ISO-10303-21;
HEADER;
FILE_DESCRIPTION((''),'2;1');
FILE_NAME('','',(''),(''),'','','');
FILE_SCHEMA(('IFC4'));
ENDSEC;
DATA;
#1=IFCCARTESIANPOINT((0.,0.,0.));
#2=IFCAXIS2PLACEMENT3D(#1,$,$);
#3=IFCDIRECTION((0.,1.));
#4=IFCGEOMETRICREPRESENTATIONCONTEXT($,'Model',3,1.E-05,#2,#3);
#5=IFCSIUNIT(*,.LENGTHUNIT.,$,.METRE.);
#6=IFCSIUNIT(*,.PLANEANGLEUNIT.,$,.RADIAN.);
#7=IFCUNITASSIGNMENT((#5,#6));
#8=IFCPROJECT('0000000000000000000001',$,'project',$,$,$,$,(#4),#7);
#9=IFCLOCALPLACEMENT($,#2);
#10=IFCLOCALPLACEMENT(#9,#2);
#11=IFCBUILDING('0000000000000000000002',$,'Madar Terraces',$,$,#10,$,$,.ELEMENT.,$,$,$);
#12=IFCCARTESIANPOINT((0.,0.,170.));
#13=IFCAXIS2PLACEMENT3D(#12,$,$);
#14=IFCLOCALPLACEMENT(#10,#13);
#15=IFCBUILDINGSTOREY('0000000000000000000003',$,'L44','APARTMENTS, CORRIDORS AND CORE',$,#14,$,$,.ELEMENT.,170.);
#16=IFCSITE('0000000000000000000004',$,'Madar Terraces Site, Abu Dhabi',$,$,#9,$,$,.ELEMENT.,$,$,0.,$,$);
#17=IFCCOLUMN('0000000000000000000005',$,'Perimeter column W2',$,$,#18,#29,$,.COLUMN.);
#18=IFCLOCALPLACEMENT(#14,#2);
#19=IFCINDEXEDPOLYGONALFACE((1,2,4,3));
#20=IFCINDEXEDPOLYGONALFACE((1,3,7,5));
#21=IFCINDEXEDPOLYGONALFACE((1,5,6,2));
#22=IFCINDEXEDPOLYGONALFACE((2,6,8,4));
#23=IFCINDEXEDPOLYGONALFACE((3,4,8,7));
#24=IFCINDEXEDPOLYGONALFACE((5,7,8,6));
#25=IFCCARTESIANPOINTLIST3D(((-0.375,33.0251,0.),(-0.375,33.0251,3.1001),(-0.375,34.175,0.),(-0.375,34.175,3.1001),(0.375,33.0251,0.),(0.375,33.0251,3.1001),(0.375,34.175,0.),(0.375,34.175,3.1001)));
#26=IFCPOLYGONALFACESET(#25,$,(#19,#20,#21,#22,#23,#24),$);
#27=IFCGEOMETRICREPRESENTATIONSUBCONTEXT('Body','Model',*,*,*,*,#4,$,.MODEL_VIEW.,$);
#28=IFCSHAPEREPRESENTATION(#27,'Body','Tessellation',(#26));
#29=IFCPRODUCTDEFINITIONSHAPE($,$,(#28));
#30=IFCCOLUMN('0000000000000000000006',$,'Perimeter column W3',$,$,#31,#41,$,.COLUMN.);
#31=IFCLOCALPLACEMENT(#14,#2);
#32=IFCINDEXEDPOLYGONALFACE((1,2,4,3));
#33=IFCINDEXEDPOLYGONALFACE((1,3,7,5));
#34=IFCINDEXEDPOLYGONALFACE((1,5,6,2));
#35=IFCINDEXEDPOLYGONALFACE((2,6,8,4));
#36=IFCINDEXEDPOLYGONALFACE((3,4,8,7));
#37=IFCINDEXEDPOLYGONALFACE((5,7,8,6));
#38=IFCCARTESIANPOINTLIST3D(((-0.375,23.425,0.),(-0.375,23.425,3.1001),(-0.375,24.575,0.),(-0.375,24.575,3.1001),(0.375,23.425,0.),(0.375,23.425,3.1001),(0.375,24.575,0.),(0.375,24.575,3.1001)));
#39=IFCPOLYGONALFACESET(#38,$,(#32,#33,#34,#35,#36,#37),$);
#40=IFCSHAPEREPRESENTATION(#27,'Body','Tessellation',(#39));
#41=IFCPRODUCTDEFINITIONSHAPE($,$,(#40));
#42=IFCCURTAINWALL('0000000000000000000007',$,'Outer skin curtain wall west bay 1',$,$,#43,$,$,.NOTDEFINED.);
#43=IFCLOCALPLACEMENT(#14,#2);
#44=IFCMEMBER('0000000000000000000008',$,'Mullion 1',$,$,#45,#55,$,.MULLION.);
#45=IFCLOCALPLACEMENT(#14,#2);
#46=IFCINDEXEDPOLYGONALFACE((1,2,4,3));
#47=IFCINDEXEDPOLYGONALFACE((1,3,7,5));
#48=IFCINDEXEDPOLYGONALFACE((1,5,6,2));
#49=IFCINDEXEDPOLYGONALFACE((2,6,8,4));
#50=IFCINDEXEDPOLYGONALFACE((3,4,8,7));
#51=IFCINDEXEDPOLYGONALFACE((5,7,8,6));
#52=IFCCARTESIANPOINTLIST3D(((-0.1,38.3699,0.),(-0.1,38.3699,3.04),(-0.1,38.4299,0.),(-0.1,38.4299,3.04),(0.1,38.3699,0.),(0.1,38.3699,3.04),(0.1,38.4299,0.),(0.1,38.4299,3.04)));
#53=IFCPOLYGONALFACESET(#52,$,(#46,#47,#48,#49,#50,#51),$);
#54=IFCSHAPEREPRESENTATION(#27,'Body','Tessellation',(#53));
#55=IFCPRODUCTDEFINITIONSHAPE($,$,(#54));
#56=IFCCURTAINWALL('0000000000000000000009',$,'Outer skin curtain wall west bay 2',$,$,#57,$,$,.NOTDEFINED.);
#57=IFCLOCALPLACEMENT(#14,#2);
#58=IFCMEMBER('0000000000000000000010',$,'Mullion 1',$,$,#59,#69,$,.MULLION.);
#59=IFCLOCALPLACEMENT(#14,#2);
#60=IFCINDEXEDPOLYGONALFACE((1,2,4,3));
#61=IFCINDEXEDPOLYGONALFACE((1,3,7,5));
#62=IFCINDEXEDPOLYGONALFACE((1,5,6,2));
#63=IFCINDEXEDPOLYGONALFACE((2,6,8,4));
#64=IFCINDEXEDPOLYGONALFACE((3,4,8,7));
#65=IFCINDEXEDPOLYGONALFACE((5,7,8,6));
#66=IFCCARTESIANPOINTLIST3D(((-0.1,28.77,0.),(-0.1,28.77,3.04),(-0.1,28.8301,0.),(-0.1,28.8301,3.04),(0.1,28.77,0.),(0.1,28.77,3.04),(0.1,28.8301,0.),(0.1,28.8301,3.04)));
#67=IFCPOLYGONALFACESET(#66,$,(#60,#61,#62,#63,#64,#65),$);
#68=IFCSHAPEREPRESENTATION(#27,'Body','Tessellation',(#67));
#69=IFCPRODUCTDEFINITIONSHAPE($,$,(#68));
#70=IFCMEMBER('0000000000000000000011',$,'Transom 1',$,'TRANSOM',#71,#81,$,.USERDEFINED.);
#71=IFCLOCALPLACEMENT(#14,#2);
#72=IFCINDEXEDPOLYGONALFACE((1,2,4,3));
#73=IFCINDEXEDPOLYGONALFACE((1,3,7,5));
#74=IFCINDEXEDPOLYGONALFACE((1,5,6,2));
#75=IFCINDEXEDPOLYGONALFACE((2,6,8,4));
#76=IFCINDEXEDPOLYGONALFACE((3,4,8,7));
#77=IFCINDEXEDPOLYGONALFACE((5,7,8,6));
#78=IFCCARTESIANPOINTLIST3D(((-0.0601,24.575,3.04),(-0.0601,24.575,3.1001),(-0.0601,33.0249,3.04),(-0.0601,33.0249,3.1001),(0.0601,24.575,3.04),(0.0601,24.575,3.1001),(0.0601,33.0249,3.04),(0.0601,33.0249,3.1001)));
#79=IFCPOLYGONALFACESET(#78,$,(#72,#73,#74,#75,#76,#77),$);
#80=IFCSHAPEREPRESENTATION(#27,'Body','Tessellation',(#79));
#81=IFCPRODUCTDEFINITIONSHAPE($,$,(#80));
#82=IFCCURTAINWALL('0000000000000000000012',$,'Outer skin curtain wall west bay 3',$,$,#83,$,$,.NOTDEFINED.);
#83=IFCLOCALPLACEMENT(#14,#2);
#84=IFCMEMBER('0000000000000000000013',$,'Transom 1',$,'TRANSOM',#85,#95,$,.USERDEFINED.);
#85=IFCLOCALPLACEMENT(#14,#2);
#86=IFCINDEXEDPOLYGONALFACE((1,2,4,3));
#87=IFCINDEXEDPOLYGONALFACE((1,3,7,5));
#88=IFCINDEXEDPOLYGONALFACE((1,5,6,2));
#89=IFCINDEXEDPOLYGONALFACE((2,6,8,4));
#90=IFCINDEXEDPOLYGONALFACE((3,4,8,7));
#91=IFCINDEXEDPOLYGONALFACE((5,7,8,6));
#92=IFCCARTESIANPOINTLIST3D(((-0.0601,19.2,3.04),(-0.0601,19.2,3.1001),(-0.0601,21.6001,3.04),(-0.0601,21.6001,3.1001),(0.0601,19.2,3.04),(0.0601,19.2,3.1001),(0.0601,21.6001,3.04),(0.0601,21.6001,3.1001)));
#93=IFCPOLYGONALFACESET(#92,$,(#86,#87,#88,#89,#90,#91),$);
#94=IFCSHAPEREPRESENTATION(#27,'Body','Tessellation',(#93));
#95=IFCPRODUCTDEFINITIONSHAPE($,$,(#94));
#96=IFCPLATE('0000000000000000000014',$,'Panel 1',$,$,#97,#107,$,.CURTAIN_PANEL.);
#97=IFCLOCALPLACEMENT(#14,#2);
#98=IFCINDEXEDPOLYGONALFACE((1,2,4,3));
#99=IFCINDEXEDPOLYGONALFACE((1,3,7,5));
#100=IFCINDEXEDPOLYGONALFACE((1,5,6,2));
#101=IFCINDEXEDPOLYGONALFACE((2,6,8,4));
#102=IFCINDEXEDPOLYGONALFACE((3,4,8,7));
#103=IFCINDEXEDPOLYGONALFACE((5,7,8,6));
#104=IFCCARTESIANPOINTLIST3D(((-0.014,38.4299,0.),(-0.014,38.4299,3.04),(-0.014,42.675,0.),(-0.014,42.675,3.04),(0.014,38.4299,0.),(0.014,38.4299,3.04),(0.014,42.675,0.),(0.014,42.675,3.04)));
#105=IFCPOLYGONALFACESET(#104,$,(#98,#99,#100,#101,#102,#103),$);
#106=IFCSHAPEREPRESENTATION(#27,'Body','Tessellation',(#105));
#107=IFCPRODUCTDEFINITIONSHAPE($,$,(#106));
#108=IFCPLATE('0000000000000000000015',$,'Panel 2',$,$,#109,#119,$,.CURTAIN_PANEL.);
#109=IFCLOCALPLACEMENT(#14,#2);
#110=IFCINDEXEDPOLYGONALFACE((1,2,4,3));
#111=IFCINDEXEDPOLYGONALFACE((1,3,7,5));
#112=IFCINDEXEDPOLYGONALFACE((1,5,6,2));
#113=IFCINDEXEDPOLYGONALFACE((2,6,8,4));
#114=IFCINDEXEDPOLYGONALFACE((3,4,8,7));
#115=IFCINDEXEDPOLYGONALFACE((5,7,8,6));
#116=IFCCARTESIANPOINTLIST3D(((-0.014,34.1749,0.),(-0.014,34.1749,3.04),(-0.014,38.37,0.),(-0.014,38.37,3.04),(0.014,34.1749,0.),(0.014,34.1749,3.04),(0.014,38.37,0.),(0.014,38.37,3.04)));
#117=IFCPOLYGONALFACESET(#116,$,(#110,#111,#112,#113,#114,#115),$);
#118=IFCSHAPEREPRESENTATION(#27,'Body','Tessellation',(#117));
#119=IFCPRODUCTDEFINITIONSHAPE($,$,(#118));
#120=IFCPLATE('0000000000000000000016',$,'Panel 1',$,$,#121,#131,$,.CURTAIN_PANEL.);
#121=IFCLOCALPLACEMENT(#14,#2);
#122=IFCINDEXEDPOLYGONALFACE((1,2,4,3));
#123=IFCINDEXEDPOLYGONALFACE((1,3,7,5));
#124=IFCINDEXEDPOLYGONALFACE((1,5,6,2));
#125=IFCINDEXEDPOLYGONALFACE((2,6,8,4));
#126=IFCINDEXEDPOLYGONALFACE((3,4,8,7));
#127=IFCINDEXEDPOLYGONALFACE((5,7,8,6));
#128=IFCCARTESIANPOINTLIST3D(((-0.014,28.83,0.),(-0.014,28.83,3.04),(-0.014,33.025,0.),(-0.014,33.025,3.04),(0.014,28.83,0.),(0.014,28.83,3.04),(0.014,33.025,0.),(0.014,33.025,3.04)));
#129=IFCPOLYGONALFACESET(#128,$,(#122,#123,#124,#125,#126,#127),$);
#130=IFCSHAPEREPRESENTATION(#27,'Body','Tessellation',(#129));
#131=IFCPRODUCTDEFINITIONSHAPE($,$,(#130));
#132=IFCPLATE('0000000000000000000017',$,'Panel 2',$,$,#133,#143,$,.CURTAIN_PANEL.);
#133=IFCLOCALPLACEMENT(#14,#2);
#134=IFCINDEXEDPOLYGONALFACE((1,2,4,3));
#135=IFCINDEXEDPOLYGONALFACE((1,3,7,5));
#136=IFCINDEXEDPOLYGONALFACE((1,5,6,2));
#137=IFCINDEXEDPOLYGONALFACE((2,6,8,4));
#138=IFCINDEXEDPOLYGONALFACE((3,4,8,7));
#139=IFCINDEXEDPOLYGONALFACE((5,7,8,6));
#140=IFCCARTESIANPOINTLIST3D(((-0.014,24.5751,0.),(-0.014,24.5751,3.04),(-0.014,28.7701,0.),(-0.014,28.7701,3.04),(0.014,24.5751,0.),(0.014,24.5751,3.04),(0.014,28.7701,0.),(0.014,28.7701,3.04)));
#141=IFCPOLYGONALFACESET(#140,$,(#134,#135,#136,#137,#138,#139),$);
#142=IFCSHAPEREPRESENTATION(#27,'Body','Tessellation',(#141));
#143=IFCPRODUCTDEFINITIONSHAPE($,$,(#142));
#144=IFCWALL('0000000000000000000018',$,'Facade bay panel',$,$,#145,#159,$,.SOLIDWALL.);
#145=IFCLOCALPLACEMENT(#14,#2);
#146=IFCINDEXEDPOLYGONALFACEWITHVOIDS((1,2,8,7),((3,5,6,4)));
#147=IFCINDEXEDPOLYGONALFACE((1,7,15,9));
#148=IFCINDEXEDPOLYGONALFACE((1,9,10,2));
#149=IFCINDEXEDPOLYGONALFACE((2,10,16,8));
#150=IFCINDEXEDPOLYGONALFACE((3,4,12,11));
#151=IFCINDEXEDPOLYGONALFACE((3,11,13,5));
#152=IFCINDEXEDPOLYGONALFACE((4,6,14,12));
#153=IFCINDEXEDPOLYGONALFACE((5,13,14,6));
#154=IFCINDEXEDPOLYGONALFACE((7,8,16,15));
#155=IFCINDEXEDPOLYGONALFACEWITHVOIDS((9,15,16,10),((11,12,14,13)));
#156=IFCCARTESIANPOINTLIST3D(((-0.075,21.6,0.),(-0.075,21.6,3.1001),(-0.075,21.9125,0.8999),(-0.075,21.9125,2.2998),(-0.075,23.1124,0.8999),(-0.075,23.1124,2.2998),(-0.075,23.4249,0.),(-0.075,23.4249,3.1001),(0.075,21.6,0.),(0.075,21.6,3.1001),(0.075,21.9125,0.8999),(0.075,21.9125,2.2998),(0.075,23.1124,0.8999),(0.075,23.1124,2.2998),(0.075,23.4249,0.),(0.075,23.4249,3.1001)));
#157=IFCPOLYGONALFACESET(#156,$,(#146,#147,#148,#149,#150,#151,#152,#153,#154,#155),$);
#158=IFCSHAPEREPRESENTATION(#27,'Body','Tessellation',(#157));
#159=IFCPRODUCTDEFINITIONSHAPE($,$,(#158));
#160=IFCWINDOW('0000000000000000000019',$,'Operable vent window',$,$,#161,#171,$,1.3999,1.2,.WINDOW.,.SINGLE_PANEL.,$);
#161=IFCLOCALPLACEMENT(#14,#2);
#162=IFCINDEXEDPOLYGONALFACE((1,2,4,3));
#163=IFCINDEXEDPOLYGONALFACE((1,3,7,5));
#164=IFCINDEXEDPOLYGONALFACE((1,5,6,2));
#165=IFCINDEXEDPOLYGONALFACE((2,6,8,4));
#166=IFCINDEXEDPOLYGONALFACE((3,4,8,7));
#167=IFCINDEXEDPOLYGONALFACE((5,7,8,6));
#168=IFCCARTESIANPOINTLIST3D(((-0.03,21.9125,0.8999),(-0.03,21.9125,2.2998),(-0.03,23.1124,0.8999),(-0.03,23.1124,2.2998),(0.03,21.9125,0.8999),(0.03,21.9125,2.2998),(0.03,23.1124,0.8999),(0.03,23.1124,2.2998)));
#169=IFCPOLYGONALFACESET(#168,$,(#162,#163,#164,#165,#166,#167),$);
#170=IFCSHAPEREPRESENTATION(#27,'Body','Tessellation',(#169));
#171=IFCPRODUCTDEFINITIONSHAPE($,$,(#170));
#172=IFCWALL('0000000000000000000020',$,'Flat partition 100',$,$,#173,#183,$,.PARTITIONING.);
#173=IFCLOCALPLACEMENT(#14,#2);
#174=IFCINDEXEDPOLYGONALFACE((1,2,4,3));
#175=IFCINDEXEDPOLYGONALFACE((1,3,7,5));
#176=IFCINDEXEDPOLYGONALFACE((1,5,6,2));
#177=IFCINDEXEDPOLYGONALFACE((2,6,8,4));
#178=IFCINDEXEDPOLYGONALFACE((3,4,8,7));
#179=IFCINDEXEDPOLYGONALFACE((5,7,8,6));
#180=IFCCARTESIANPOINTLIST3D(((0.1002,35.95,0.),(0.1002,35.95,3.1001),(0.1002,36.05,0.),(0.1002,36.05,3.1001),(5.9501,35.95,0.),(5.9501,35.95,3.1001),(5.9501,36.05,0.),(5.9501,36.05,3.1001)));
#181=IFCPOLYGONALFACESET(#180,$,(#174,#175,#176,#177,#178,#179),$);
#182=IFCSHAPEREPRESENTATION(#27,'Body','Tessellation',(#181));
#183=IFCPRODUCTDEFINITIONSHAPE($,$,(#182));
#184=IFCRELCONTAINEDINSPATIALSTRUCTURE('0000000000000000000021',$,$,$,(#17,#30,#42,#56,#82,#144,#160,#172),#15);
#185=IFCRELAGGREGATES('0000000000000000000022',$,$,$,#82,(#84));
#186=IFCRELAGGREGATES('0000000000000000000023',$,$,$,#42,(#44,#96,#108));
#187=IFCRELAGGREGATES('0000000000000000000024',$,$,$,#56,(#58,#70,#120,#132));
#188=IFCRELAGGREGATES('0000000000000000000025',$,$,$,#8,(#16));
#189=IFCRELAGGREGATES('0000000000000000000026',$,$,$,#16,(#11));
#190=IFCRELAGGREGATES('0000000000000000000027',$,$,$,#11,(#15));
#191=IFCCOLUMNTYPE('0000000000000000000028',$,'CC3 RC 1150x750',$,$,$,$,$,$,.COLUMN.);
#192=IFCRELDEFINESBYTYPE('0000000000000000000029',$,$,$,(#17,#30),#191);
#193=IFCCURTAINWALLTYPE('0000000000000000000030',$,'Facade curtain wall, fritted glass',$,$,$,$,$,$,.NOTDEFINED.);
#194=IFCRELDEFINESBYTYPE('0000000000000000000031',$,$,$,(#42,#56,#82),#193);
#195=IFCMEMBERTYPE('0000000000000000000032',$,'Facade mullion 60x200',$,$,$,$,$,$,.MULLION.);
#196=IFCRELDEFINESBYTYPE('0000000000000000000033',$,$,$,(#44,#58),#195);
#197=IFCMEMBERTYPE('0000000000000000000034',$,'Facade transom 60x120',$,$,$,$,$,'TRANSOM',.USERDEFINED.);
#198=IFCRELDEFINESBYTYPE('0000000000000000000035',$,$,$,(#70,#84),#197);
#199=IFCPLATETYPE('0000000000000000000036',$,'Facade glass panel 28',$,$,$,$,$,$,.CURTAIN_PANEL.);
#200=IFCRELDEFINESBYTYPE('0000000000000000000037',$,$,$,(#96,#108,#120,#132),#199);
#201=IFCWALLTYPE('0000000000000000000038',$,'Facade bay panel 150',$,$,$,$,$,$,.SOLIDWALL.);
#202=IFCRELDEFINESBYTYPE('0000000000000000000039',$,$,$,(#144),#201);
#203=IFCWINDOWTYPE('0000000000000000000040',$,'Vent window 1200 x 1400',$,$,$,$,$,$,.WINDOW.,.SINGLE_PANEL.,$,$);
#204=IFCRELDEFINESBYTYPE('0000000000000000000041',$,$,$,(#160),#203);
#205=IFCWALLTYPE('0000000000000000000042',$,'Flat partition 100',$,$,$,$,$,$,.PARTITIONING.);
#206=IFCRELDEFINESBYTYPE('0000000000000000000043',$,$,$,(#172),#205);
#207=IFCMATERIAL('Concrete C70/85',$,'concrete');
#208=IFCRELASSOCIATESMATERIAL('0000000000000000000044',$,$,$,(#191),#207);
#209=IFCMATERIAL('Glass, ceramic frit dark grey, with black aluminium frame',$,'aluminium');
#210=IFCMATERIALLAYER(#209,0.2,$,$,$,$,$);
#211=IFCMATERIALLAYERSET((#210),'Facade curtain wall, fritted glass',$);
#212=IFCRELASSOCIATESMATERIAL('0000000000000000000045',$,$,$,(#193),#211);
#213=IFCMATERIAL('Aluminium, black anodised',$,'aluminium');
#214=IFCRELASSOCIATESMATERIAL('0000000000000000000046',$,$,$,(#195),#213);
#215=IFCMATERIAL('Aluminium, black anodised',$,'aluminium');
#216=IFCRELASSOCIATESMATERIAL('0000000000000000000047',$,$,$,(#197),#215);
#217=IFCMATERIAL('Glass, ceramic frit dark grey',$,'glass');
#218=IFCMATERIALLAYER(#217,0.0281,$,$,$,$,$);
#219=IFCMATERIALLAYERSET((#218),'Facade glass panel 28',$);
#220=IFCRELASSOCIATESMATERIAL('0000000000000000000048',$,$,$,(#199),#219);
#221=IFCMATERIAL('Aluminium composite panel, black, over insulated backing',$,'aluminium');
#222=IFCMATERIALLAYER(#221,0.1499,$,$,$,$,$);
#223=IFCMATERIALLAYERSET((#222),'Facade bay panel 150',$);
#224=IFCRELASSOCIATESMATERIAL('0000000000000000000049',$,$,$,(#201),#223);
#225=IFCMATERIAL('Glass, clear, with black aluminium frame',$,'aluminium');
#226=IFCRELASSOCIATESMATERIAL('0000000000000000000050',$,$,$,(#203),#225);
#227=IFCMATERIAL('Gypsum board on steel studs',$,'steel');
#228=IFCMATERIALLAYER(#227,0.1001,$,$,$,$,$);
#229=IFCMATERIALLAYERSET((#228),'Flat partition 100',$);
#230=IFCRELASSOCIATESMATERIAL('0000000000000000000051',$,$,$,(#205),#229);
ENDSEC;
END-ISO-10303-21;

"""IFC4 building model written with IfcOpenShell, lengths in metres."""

from ifc_helpers import new_model, si_unit, direction, frame, frame_2d, origin, origin_2d, place, context, subcontext, project, spatial, rectangle, extrude, material, layer, layer_set, material_profile, profile_set, type_object, element, fill, aggregate, save


model = new_model("IFC4")

# Units and contexts
model_context = context("Model", 3, precision=1e-05, world=origin(), true_north=direction((0.0, 1.0)))
body_context = subcontext(model_context, "Body", "Model", "MODEL_VIEW")
ifc_project = project(units=[si_unit("LENGTHUNIT", "METRE"), si_unit("PLANEANGLEUNIT", "RADIAN")], contexts=[model_context])

# Site, building, storey
site_placement = place(None, origin())
site = spatial("IfcSite", under=ifc_project, at=site_placement, Name="Madar Terraces Site, Abu Dhabi", CompositionType="ELEMENT", RefElevation=0.0)
building_placement = place(site_placement, origin())
building = spatial("IfcBuilding", under=site, at=building_placement, Name="Madar Terraces", CompositionType="ELEMENT")
storey_placement = place(building_placement, frame((0.0, 0.0, 170.0)))
storey = spatial("IfcBuildingStorey", under=building, at=storey_placement, Name="L44", Description="APARTMENTS, CORRIDORS AND CORE", CompositionType="ELEMENT", Elevation=170.0)

# Columns
ifc_material_1 = material(Name="Concrete C70/85", Category="concrete")
ifc_material_profile_1 = material_profile(ifc_material_1, rectangle(XDim=1.1499, YDim=0.75, at=origin_2d()), Name="CC3 RC 1150x750")
ifc_profile_set_1 = profile_set([ifc_material_profile_1], Name="Concrete C70/85")
column_type = type_object("IfcColumnType", Name="CC3 RC 1150x750", PredefinedType="COLUMN", material=ifc_profile_set_1)
for number, where, z_axis, x_axis, name in (
    (1, (0.0, 33.6001, 0.0), (0.0, 0.0, 1.0), (0.0, 1.0, 0.0), "Perimeter column W2"),
    (2, (0.0, 24.0, 0.0), (0.0, 0.0, 1.0), (0.0, 1.0, 0.0), "Perimeter column W3"),
):
    element("IfcColumn", number, at=place(storey_placement, frame(where, z_axis=z_axis, x_axis=x_axis)), inside=storey, type_object=column_type, Name=name, PredefinedType="COLUMN", context=body_context, shape_type="SweptSolid", body=[
        extrude(rectangle(XDim=1.1499, YDim=0.75, at=origin_2d()), origin(), (0.0, 0.0, 1.0), 3.1001),
    ])

# Curtain wall, member
ifc_material_2 = material(Name="Glass, ceramic frit dark grey, with black aluminium frame", Category="aluminium")
ifc_layer_1 = layer(ifc_material_2, 0.2)
ifc_layer_set_1 = layer_set([ifc_layer_1], Name="Facade curtain wall, fritted glass")
curtain_wall_type = type_object("IfcCurtainWallType", Name="Facade curtain wall, fritted glass", PredefinedType="NOTDEFINED", material=ifc_layer_set_1)
curtain_wall_1_placement = place(storey_placement, origin())
curtain_wall_1 = element("IfcCurtainWall", 3, at=curtain_wall_1_placement, inside=storey, type_object=curtain_wall_type, Name="Outer skin curtain wall west bay 1", PredefinedType="NOTDEFINED")
ifc_material_3 = material(Name="Aluminium, black anodised", Category="aluminium")
ifc_material_profile_2 = material_profile(ifc_material_3, rectangle(XDim=0.2, YDim=0.0601, at=origin_2d()), Name="Facade mullion 60x200")
ifc_profile_set_2 = profile_set([ifc_material_profile_2], Name="Aluminium, black anodised")
member_type_1 = type_object("IfcMemberType", Name="Facade mullion 60x200", PredefinedType="MULLION", material=ifc_profile_set_2)
member_1_placement = place(storey_placement, frame((0.0, 38.3999, 0.0), z_axis=(0.0, 0.0, 1.0), x_axis=(1.0, 0.0, 0.0)))
member_1 = element("IfcMember", 4, at=member_1_placement, type_object=member_type_1, Name="Mullion 1", PredefinedType="MULLION", context=body_context, shape_type="SweptSolid", body=[
    extrude(rectangle(XDim=0.2, YDim=0.0601, at=origin_2d()), origin(), (0.0, 0.0, 1.0), 3.04),
])

# Curtain wall, members
curtain_wall_2_placement = place(storey_placement, origin())
curtain_wall_2 = element("IfcCurtainWall", 5, at=curtain_wall_2_placement, inside=storey, type_object=curtain_wall_type, Name="Outer skin curtain wall west bay 2", PredefinedType="NOTDEFINED")
member_2_placement = place(storey_placement, frame((0.0, 28.8, 0.0), z_axis=(0.0, 0.0, 1.0), x_axis=(1.0, 0.0, 0.0)))
member_2 = element("IfcMember", 6, at=member_2_placement, type_object=member_type_1, Name="Mullion 1", PredefinedType="MULLION", context=body_context, shape_type="SweptSolid", body=[
    extrude(rectangle(XDim=0.2, YDim=0.0601, at=origin_2d()), origin(), (0.0, 0.0, 1.0), 3.04),
])
ifc_material_4 = material(Name="Aluminium, black anodised", Category="aluminium")
ifc_material_profile_3 = material_profile(ifc_material_4, rectangle(XDim=0.1201, YDim=0.0601, at=origin_2d()), Name="Facade transom 60x120")
ifc_profile_set_3 = profile_set([ifc_material_profile_3], Name="Aluminium, black anodised")
member_type_2 = type_object("IfcMemberType", Name="Facade transom 60x120", ElementType="TRANSOM", PredefinedType="USERDEFINED", material=ifc_profile_set_3)
member_3_placement = place(storey_placement, frame((0.0, 33.0249, 3.0701), z_axis=(0.0, -1.0, 0.0), x_axis=(1.0, 0.0, 0.0)))
member_3 = element("IfcMember", 7, at=member_3_placement, type_object=member_type_2, Name="Transom 1", ObjectType="TRANSOM", PredefinedType="USERDEFINED", context=body_context, shape_type="SweptSolid", body=[
    extrude(rectangle(XDim=0.1201, YDim=0.0601, at=origin_2d()), origin(), (0.0, 0.0, 1.0), 8.45),
])

# Curtain wall, member
curtain_wall_3_placement = place(storey_placement, origin())
curtain_wall_3 = element("IfcCurtainWall", 8, at=curtain_wall_3_placement, inside=storey, type_object=curtain_wall_type, Name="Outer skin curtain wall west bay 3", PredefinedType="NOTDEFINED")
member_4_placement = place(storey_placement, frame((0.0, 21.6001, 3.0701), z_axis=(0.0, -1.0, 0.0), x_axis=(1.0, 0.0, 0.0)))
member_4 = element("IfcMember", 9, at=member_4_placement, type_object=member_type_2, Name="Transom 1", ObjectType="TRANSOM", PredefinedType="USERDEFINED", context=body_context, shape_type="SweptSolid", body=[
    extrude(rectangle(XDim=0.1201, YDim=0.0601, at=origin_2d()), origin(), (0.0, 0.0, 1.0), 2.4001),
])
aggregate(curtain_wall_3, [member_4])

# Plates
ifc_material_5 = material(Name="Glass, ceramic frit dark grey", Category="glass")
ifc_layer_2 = layer(ifc_material_5, 0.0281)
ifc_layer_set_2 = layer_set([ifc_layer_2], Name="Facade glass panel 28")
plate_type = type_object("IfcPlateType", Name="Facade glass panel 28", PredefinedType="CURTAIN_PANEL", material=ifc_layer_set_2)
plate_1_placement = place(storey_placement, frame((0.0, 40.5525, 0.0), z_axis=(0.0, 0.0, 1.0), x_axis=(0.0, -1.0, 0.0)))
plate_1 = element("IfcPlate", 10, at=plate_1_placement, type_object=plate_type, Name="Panel 1", PredefinedType="CURTAIN_PANEL", context=body_context, shape_type="SweptSolid", body=[
    extrude(rectangle(XDim=4.2451, YDim=0.0281, at=origin_2d()), origin(), (0.0, 0.0, 1.0), 3.04),
])
plate_2_placement = place(storey_placement, frame((0.0, 36.2725, 0.0), z_axis=(0.0, 0.0, 1.0), x_axis=(0.0, -1.0, 0.0)))
plate_2 = element("IfcPlate", 11, at=plate_2_placement, type_object=plate_type, Name="Panel 2", PredefinedType="CURTAIN_PANEL", context=body_context, shape_type="SweptSolid", body=[
    extrude(rectangle(XDim=4.1951, YDim=0.0281, at=origin_2d()), origin(), (0.0, 0.0, 1.0), 3.04),
])
aggregate(curtain_wall_1, [member_1, plate_1, plate_2])
plate_3_placement = place(storey_placement, frame((0.0, 30.9275, 0.0), z_axis=(0.0, 0.0, 1.0), x_axis=(0.0, -1.0, 0.0)))
plate_3 = element("IfcPlate", 12, at=plate_3_placement, type_object=plate_type, Name="Panel 1", PredefinedType="CURTAIN_PANEL", context=body_context, shape_type="SweptSolid", body=[
    extrude(rectangle(XDim=4.1951, YDim=0.0281, at=origin_2d()), origin(), (0.0, 0.0, 1.0), 3.04),
])
plate_4_placement = place(storey_placement, frame((0.0, 26.6726, 0.0), z_axis=(0.0, 0.0, 1.0), x_axis=(0.0, -1.0, 0.0)))
plate_4 = element("IfcPlate", 13, at=plate_4_placement, type_object=plate_type, Name="Panel 2", PredefinedType="CURTAIN_PANEL", context=body_context, shape_type="SweptSolid", body=[
    extrude(rectangle(XDim=4.1951, YDim=0.0281, at=origin_2d()), origin(), (0.0, 0.0, 1.0), 3.04),
])
aggregate(curtain_wall_2, [member_2, member_3, plate_3, plate_4])

# Wall, opening, window
ifc_material_6 = material(Name="Aluminium composite panel, black, over insulated backing", Category="aluminium")
ifc_layer_3 = layer(ifc_material_6, 0.1499)
ifc_layer_set_3 = layer_set([ifc_layer_3], Name="Facade bay panel 150")
wall_type_1 = type_object("IfcWallType", Name="Facade bay panel 150", PredefinedType="SOLIDWALL", material=ifc_layer_set_3)
wall_1_placement = place(storey_placement, frame((0.0, 23.425, 0.0), z_axis=(0.0, 0.0, 1.0), x_axis=(0.0, -1.0, 0.0)))
wall_1 = element("IfcWall", 14, at=wall_1_placement, inside=storey, type_object=wall_type_1, Name="Facade bay panel", PredefinedType="SOLIDWALL", context=body_context, shape_type="SweptSolid", body=[
    extrude(rectangle(XDim=1.825, YDim=0.1499, at=frame_2d((0.9126, 0.0))), origin(), (0.0, 0.0, 1.0), 3.1001),
])
opening_1_placement = place(wall_1_placement, frame((0.3125, 0.0, 0.8999)))
opening_1 = element("IfcOpeningElement", 15, at=opening_1_placement, cuts=wall_1, PredefinedType="OPENING", context=body_context, shape_type="SweptSolid", body=[
    extrude(rectangle(XDim=1.2, YDim=1.3999, at=frame_2d((0.6001, 0.7))), frame((0.0, 0.085, 0.0), z_axis=(0.0, -1.0, 0.0), x_axis=(1.0, 0.0, 0.0)), (0.0, 0.0, 1.0), 0.1699),
])
ifc_material_7 = material(Name="Glass, clear, with black aluminium frame", Category="aluminium")
window_type = type_object("IfcWindowType", Name="Vent window 1200 x 1400", PartitioningType="SINGLE_PANEL", PredefinedType="WINDOW", material=ifc_material_7)
window_placement = place(opening_1_placement, origin())
window = element("IfcWindow", 16, at=window_placement, inside=storey, type_object=window_type, Name="Operable vent window", OverallHeight=1.3999, OverallWidth=1.2, PartitioningType="SINGLE_PANEL", PredefinedType="WINDOW", context=body_context, shape_type="SweptSolid", body=[
    extrude(rectangle(XDim=1.2, YDim=1.3999, at=frame_2d((0.6001, 0.7))), frame((0.0, 0.03, 0.0), z_axis=(0.0, -1.0, 0.0), x_axis=(1.0, 0.0, 0.0)), (0.0, 0.0, 1.0), 0.0601),
])
fill(opening_1, window)

# Wall
ifc_material_8 = material(Name="Gypsum board on steel studs", Category="steel")
ifc_layer_4 = layer(ifc_material_8, 0.1001)
ifc_layer_set_4 = layer_set([ifc_layer_4], Name="Flat partition 100")
wall_type_2 = type_object("IfcWallType", Name="Flat partition 100", PredefinedType="PARTITIONING", material=ifc_layer_set_4)
wall_2_placement = place(storey_placement, frame((5.95, 36.0, 0.0), z_axis=(0.0, 0.0, 1.0), x_axis=(-1.0, 0.0, 0.0)))
element("IfcWall", 17, at=wall_2_placement, inside=storey, type_object=wall_type_2, Name="Flat partition 100", PredefinedType="PARTITIONING", context=body_context, shape_type="SweptSolid", body=[
    extrude(rectangle(XDim=5.8499, YDim=0.1001, at=frame_2d((2.9248, 0.0))), origin(), (0.0, 0.0, 1.0), 3.1001),
])

save(model, "model.ifc")
